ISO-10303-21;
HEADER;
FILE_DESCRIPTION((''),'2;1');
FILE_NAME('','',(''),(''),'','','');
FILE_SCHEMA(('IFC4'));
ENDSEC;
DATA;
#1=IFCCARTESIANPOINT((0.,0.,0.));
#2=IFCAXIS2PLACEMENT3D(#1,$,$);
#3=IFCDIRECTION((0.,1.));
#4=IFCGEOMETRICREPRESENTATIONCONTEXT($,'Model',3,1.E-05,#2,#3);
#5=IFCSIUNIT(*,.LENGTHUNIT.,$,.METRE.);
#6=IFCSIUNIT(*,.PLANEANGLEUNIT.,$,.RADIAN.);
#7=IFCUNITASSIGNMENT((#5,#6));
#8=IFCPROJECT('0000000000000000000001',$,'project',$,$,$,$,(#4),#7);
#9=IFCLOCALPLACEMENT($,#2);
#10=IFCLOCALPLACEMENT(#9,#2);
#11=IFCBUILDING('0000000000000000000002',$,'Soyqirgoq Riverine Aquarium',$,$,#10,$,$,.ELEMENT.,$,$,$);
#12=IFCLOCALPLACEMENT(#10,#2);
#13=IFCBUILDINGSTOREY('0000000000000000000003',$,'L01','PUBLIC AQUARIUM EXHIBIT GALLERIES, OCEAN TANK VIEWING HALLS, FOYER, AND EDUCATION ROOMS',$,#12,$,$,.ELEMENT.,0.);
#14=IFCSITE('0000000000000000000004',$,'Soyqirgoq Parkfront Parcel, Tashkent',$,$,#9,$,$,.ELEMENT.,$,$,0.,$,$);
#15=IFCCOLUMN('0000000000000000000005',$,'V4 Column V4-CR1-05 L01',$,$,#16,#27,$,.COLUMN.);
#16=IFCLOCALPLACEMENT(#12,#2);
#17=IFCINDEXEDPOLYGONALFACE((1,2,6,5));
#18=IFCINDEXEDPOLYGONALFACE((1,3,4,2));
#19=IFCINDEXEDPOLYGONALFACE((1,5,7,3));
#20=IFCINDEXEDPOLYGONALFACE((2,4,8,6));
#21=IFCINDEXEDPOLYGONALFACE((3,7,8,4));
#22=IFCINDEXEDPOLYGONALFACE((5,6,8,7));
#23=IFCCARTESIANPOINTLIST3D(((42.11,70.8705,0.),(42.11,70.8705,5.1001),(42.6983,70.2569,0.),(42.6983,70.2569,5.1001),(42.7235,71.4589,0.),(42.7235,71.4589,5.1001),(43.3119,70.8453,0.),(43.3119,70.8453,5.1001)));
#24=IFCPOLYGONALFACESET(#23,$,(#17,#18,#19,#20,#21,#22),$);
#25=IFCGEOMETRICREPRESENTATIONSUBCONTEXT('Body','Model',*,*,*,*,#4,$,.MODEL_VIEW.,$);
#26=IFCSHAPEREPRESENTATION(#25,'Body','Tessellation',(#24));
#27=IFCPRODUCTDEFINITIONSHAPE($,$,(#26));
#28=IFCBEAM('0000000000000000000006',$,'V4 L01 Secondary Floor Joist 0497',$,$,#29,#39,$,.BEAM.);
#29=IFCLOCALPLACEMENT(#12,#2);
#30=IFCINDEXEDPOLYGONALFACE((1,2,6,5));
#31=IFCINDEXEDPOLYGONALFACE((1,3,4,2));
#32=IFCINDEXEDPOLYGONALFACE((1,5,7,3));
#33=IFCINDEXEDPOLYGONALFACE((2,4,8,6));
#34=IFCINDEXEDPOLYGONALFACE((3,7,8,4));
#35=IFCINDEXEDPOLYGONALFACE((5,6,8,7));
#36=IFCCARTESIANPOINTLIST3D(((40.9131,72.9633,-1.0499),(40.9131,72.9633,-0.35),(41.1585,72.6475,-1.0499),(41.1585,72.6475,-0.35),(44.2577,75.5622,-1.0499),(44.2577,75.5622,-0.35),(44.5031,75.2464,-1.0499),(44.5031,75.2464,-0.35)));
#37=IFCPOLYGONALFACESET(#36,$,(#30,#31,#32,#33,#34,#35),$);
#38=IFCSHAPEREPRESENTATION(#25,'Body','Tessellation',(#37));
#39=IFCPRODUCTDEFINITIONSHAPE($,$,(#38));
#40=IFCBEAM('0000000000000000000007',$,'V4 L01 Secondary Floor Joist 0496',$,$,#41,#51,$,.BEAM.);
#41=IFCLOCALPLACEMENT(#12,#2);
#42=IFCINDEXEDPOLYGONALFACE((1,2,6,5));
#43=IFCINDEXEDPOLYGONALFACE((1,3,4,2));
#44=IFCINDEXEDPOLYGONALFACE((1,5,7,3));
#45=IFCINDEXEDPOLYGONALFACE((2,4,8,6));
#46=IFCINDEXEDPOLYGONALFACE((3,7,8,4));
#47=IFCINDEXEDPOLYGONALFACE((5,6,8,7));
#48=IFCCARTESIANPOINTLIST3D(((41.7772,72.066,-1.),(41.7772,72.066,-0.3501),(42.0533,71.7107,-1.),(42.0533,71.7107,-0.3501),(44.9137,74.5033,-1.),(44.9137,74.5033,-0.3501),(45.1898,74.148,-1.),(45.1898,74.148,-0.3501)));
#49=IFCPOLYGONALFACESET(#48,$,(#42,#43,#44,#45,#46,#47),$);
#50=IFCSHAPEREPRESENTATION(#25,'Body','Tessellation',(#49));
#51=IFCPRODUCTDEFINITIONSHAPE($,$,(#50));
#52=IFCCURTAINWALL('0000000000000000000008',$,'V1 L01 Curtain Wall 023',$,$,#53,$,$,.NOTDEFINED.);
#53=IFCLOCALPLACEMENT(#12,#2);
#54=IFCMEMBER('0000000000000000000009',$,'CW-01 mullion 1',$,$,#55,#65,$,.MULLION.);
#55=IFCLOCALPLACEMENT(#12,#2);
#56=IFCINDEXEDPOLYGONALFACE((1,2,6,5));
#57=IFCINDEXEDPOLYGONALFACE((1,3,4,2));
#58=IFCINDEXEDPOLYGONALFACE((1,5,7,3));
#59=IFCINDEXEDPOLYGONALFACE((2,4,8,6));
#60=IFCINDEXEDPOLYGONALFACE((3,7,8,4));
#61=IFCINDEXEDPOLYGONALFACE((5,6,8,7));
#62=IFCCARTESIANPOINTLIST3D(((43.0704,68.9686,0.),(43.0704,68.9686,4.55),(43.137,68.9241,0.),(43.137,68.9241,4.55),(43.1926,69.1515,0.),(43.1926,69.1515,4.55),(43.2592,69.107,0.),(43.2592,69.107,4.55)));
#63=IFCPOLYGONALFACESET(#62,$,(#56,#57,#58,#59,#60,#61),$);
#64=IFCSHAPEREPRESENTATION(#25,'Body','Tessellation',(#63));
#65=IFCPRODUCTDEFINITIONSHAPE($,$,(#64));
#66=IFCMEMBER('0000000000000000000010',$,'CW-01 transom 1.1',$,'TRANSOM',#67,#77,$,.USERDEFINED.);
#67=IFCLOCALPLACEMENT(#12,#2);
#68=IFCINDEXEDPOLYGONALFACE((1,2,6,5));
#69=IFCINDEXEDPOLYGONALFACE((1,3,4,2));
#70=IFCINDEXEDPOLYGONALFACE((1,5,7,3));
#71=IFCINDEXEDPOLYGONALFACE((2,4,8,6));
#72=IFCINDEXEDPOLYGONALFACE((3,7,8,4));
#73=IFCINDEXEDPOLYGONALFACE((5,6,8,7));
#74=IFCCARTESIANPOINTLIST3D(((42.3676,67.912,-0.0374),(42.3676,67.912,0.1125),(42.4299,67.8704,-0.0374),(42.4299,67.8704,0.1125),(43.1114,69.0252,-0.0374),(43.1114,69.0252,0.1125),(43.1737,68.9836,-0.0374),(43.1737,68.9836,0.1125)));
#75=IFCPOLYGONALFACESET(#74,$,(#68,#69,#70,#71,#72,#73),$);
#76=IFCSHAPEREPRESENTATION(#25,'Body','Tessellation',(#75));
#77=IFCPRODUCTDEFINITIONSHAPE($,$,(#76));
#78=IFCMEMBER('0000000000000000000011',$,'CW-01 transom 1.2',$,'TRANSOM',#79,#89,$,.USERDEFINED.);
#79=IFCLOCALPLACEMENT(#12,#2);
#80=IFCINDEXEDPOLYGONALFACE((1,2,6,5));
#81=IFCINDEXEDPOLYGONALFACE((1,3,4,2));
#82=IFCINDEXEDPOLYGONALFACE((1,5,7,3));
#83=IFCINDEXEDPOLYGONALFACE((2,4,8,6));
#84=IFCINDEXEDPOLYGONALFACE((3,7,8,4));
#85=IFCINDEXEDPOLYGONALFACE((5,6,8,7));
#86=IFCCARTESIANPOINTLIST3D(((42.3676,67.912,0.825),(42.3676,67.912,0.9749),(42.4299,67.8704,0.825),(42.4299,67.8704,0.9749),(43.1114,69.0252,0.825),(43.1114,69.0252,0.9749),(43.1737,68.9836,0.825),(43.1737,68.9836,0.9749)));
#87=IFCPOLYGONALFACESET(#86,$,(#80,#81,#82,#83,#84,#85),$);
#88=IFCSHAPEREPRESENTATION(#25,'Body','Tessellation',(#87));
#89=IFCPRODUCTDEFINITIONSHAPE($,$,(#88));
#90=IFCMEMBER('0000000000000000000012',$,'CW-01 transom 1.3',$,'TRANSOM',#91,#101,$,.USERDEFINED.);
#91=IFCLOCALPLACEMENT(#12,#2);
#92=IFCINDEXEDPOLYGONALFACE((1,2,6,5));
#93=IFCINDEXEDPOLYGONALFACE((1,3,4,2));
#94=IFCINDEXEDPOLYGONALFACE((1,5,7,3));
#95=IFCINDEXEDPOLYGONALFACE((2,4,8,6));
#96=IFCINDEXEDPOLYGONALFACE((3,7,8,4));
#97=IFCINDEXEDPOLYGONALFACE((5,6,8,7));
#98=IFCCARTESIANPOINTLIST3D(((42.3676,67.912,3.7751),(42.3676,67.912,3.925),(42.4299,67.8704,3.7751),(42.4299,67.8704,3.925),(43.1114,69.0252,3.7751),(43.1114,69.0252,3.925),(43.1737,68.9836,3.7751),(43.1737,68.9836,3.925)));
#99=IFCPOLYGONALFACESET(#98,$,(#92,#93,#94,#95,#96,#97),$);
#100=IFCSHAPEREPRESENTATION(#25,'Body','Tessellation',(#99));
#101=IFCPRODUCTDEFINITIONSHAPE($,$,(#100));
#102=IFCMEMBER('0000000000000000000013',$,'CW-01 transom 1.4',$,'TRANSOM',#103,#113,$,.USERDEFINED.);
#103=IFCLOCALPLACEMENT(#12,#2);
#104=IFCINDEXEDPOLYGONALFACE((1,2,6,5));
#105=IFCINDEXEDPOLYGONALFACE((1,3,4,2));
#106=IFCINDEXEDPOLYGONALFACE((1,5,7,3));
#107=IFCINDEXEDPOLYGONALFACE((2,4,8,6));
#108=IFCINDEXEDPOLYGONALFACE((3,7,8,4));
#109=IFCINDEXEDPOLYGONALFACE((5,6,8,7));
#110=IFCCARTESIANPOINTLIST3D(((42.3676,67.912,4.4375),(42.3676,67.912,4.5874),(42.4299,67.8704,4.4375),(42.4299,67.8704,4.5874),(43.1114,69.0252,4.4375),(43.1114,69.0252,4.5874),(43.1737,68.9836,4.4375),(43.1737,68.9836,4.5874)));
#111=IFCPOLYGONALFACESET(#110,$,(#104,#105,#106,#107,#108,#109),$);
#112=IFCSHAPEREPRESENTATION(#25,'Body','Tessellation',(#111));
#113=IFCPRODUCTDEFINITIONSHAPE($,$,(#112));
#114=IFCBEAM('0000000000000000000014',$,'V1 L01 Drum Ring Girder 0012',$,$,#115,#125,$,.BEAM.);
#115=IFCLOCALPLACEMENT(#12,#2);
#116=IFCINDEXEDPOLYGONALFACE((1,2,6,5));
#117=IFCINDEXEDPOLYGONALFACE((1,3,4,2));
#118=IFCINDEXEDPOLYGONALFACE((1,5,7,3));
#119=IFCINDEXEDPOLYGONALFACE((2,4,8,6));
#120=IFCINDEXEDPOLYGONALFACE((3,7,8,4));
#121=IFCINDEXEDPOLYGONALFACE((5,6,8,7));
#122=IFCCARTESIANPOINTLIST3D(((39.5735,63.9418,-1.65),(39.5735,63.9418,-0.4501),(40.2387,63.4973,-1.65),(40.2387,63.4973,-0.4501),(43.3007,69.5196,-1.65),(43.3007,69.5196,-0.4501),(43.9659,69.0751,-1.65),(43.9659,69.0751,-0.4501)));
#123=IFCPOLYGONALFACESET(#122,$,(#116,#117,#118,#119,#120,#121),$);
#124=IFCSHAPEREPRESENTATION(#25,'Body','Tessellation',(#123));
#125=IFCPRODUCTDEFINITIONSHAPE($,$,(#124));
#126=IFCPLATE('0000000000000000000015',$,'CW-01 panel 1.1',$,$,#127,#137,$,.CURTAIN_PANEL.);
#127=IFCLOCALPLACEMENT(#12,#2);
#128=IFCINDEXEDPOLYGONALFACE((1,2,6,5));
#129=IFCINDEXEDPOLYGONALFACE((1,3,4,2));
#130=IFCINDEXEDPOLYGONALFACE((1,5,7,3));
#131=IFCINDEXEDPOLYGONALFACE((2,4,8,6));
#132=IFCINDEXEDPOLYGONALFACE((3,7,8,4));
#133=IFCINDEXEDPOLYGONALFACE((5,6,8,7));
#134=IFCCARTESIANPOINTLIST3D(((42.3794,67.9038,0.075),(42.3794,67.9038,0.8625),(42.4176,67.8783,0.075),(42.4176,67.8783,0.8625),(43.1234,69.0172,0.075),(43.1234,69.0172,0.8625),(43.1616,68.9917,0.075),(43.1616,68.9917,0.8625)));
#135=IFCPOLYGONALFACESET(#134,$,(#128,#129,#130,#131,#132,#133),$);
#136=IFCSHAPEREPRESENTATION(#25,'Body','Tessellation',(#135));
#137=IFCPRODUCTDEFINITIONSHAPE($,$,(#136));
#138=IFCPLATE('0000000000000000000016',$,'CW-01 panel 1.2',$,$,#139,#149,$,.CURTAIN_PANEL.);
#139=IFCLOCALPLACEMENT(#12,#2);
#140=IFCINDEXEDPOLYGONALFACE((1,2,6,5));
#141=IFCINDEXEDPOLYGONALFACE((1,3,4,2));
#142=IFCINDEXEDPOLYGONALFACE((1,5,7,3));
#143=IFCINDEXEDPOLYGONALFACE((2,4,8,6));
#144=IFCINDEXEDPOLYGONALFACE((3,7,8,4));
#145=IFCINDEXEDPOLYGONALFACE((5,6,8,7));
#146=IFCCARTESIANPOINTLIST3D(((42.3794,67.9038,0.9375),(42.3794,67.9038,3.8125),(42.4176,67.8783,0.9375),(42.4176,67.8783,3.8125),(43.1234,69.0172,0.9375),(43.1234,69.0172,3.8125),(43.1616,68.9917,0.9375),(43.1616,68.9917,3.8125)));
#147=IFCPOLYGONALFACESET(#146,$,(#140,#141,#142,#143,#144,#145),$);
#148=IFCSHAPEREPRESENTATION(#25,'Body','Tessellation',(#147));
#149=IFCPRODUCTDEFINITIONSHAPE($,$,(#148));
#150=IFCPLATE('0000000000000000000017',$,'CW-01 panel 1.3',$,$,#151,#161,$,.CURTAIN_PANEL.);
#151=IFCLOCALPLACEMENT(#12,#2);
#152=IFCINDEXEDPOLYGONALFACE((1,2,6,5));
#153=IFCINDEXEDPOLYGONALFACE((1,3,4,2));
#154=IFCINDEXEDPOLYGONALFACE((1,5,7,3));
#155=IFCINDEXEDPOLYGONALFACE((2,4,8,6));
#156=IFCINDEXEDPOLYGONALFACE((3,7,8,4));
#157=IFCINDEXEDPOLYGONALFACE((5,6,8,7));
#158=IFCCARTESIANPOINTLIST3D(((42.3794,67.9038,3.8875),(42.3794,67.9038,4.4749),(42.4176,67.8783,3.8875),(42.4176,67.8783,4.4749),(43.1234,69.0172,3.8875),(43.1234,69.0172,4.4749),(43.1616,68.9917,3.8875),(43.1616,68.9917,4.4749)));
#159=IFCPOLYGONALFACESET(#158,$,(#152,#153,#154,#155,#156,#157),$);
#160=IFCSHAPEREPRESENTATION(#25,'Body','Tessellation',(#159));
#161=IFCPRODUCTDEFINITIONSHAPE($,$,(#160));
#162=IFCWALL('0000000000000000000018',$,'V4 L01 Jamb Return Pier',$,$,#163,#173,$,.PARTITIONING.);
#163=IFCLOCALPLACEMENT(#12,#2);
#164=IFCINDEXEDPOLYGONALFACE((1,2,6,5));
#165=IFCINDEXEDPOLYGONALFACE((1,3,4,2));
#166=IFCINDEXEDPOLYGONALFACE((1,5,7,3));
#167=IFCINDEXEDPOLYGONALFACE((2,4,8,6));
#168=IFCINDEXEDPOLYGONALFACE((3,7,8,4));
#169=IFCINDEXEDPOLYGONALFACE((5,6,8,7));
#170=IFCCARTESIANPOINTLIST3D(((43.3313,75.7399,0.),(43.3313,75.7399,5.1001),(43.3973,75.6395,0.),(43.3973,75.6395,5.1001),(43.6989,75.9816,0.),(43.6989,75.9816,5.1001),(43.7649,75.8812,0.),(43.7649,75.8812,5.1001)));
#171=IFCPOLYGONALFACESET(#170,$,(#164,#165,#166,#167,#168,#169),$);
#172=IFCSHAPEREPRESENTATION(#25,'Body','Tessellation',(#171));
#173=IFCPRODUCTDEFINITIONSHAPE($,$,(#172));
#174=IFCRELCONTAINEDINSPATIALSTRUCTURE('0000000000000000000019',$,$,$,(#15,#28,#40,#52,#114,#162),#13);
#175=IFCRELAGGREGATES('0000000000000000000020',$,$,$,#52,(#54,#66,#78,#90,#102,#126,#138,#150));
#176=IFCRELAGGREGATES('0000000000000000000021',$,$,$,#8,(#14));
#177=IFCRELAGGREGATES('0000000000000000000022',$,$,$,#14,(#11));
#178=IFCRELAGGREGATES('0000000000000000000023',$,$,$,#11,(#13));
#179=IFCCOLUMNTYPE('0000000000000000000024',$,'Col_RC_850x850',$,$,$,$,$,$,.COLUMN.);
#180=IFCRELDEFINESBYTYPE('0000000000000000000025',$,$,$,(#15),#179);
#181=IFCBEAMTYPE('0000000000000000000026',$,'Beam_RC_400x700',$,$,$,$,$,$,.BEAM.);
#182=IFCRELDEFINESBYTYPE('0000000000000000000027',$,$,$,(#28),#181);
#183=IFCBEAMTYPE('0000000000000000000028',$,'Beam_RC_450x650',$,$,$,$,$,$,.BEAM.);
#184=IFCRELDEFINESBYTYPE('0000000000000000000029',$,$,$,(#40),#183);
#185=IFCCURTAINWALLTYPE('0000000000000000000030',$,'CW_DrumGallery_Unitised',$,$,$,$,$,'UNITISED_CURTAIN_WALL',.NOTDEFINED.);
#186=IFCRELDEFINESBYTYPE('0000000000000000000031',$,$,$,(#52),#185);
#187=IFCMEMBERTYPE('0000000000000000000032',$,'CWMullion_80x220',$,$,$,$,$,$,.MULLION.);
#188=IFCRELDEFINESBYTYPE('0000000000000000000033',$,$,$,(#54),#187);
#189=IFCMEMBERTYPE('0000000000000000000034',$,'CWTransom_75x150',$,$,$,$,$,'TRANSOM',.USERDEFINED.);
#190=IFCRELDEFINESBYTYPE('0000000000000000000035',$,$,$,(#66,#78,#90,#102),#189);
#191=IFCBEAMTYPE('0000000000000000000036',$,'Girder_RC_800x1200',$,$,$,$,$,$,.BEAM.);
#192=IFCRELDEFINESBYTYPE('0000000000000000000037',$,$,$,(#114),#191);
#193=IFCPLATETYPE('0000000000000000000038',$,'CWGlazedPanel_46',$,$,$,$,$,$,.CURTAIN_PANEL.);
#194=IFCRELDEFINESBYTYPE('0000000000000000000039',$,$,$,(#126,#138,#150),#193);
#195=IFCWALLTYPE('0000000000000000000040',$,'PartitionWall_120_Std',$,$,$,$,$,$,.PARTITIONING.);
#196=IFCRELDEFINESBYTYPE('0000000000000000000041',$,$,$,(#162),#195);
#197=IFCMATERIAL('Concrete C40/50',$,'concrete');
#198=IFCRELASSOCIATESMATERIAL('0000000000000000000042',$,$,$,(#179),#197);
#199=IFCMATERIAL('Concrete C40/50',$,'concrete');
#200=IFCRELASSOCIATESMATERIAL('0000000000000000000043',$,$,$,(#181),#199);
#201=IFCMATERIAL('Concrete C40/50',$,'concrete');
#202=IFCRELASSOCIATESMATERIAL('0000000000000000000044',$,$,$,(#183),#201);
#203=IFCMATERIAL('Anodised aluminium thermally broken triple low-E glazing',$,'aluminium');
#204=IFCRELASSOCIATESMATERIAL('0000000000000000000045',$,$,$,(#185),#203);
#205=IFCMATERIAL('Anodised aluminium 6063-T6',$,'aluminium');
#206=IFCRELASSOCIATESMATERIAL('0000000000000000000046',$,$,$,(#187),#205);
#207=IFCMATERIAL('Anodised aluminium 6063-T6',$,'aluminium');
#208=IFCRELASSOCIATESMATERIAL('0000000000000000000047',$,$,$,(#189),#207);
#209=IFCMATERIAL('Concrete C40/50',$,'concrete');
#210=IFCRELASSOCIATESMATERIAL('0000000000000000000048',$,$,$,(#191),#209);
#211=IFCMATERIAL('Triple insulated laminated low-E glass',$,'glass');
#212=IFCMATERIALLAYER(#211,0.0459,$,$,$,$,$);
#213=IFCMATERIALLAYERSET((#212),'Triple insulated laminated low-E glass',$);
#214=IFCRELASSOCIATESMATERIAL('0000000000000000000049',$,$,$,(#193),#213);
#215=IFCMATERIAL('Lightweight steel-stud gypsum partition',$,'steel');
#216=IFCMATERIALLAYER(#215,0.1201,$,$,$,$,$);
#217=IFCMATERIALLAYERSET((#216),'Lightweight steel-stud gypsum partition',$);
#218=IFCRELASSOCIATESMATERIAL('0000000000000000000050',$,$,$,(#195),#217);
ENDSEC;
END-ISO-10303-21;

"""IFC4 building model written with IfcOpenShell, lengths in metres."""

from ifc_helpers import new_model, si_unit, direction, frame, frame_2d, origin, origin_2d, place, context, subcontext, project, spatial, rectangle, extrude, material, layer, layer_set, material_profile, profile_set, type_object, element, aggregate, save


model = new_model("IFC4")

# Units and contexts
model_context = context("Model", 3, precision=1e-05, world=origin(), true_north=direction((0.0, 1.0)))
body_context = subcontext(model_context, "Body", "Model", "MODEL_VIEW")
ifc_project = project(units=[si_unit("LENGTHUNIT", "METRE"), si_unit("PLANEANGLEUNIT", "RADIAN")], contexts=[model_context])

# Site, building, storey
site_placement = place(None, origin())
site = spatial("IfcSite", under=ifc_project, at=site_placement, Name="Soyqirgoq Parkfront Parcel, Tashkent", CompositionType="ELEMENT", RefElevation=0.0)
building_placement = place(site_placement, origin())
building = spatial("IfcBuilding", under=site, at=building_placement, Name="Soyqirgoq Riverine Aquarium", CompositionType="ELEMENT")
storey_placement = place(building_placement, origin())
storey = spatial("IfcBuildingStorey", under=building, at=storey_placement, Name="L01", Description="PUBLIC AQUARIUM EXHIBIT GALLERIES, OCEAN TANK VIEWING HALLS, FOYER, AND EDUCATION ROOMS", CompositionType="ELEMENT", Elevation=0.0)

# Column
ifc_material_1 = material(Name="Concrete C40/50", Category="concrete")
ifc_material_profile_1 = material_profile(ifc_material_1, rectangle(XDim=0.8501, YDim=0.8501, at=origin_2d()), Name="RC 850x850")
ifc_profile_set_1 = profile_set([ifc_material_profile_1], Name="Concrete C40/50")
column_type_1 = type_object("IfcColumnType", Name="Col_RC_850x850", PredefinedType="COLUMN", material=ifc_profile_set_1)
column_1_placement = place(storey_placement, frame((42.7109, 70.8579, 0.0), z_axis=(0.0, 0.0, 1.0), x_axis=(-0.692143, 0.72176, 0.0)))
element("IfcColumn", 1, at=column_1_placement, inside=storey, type_object=column_type_1, Name="V4 Column V4-CR1-05 L01", PredefinedType="COLUMN", context=body_context, shape_type="SweptSolid", body=[
    extrude(rectangle(XDim=0.8501, YDim=0.8501, at=origin_2d()), origin(), (0.0, 0.0, 1.0), 5.1001),
])

# Beams
ifc_material_2 = material(Name="Concrete C40/50", Category="concrete")
ifc_material_profile_2 = material_profile(ifc_material_2, rectangle(XDim=0.3999, YDim=0.7, at=origin_2d()), Name="RC 400x700")
ifc_profile_set_2 = profile_set([ifc_material_profile_2], Name="Concrete C40/50")
beam_type_1 = type_object("IfcBeamType", Name="Beam_RC_400x700", PredefinedType="BEAM", material=ifc_profile_set_2)
beam_1_placement = place(storey_placement, frame((44.3804, 75.4043, -0.7), z_axis=(-0.789625, -0.613589, 0.0), x_axis=(0.613589, -0.789625, 0.0)))
element("IfcBeam", 2, at=beam_1_placement, inside=storey, type_object=beam_type_1, Name="V4 L01 Secondary Floor Joist 0497", PredefinedType="BEAM", context=body_context, shape_type="SweptSolid", body=[
    extrude(rectangle(XDim=0.3999, YDim=0.7, at=origin_2d()), origin(), (0.0, 0.0, 1.0), 4.2356),
])
ifc_material_3 = material(Name="Concrete C40/50", Category="concrete")
ifc_material_profile_3 = material_profile(ifc_material_3, rectangle(XDim=0.45, YDim=0.6499, at=origin_2d()), Name="RC 450x650")
ifc_profile_set_3 = profile_set([ifc_material_profile_3], Name="Concrete C40/50")
beam_type_2 = type_object("IfcBeamType", Name="Beam_RC_450x650", PredefinedType="BEAM", material=ifc_profile_set_3)
beam_2_placement = place(storey_placement, frame((45.0518, 74.3257, -0.675), z_axis=(-0.789624, -0.613592, 0.0), x_axis=(0.613592, -0.789624, 0.0)))
element("IfcBeam", 3, at=beam_2_placement, inside=storey, type_object=beam_type_2, Name="V4 L01 Secondary Floor Joist 0496", PredefinedType="BEAM", context=body_context, shape_type="SweptSolid", body=[
    extrude(rectangle(XDim=0.45, YDim=0.6499, at=origin_2d()), origin(), (0.0, 0.0, 1.0), 3.9722),
])

# Curtain wall, members
ifc_material_4 = material(Name="Anodised aluminium thermally broken triple low-E glazing", Category="aluminium")
curtain_wall_type = type_object("IfcCurtainWallType", Name="CW_DrumGallery_Unitised", ElementType="UNITISED_CURTAIN_WALL", PredefinedType="NOTDEFINED", material=ifc_material_4)
curtain_wall_placement = place(storey_placement, origin())
curtain_wall = element("IfcCurtainWall", 4, at=curtain_wall_placement, inside=storey, type_object=curtain_wall_type, Name="V1 L01 Curtain Wall 023", PredefinedType="NOTDEFINED")
ifc_material_5 = material(Name="Anodised aluminium 6063-T6", Category="aluminium")
ifc_material_profile_4 = material_profile(ifc_material_5, rectangle(XDim=0.0801, YDim=0.22, at=origin_2d()), Name="ALU-M 80x220")
ifc_profile_set_4 = profile_set([ifc_material_profile_4], Name="Anodised aluminium 6063-T6")
member_type_1 = type_object("IfcMemberType", Name="CWMullion_80x220", PredefinedType="MULLION", material=ifc_profile_set_4)
member_1_placement = place(storey_placement, frame((43.1648, 69.0378, 0.0), z_axis=(0.0, 0.0, 1.0), x_axis=(0.831467, -0.555574, 0.0)))
member_1 = element("IfcMember", 5, at=member_1_placement, type_object=member_type_1, Name="CW-01 mullion 1", PredefinedType="MULLION", context=body_context, shape_type="SweptSolid", body=[
    extrude(rectangle(XDim=0.0801, YDim=0.22, at=origin_2d()), origin(), (0.0, 0.0, 1.0), 4.55),
])
ifc_material_6 = material(Name="Anodised aluminium 6063-T6", Category="aluminium")
ifc_material_profile_5 = material_profile(ifc_material_6, rectangle(XDim=0.075, YDim=0.1499, at=origin_2d()), Name="ALU-T 75x150")
ifc_profile_set_5 = profile_set([ifc_material_profile_5], Name="Anodised aluminium 6063-T6")
member_type_2 = type_object("IfcMemberType", Name="CWTransom_75x150", ElementType="TRANSOM", PredefinedType="USERDEFINED", material=ifc_profile_set_5)
member_2_placement = place(storey_placement, frame((43.1426, 69.0044, 0.0376), z_axis=(-0.555584, -0.831461, 0.0), x_axis=(0.831461, -0.555584, 0.0)))
member_2 = element("IfcMember", 6, at=member_2_placement, type_object=member_type_2, Name="CW-01 transom 1.1", ObjectType="TRANSOM", PredefinedType="USERDEFINED", context=body_context, shape_type="SweptSolid", body=[
    extrude(rectangle(XDim=0.075, YDim=0.1499, at=origin_2d()), origin(), (0.0, 0.0, 1.0), 1.3389),
])
member_3_placement = place(storey_placement, frame((43.1426, 69.0044, 0.8999), z_axis=(-0.555584, -0.831461, 0.0), x_axis=(0.831461, -0.555584, 0.0)))
member_3 = element("IfcMember", 7, at=member_3_placement, type_object=member_type_2, Name="CW-01 transom 1.2", ObjectType="TRANSOM", PredefinedType="USERDEFINED", context=body_context, shape_type="SweptSolid", body=[
    extrude(rectangle(XDim=0.075, YDim=0.1499, at=origin_2d()), origin(), (0.0, 0.0, 1.0), 1.3389),
])
member_4_placement = place(storey_placement, frame((43.1426, 69.0044, 3.8501), z_axis=(-0.555584, -0.831461, 0.0), x_axis=(0.831461, -0.555584, 0.0)))
member_4 = element("IfcMember", 8, at=member_4_placement, type_object=member_type_2, Name="CW-01 transom 1.3", ObjectType="TRANSOM", PredefinedType="USERDEFINED", context=body_context, shape_type="SweptSolid", body=[
    extrude(rectangle(XDim=0.075, YDim=0.1499, at=origin_2d()), origin(), (0.0, 0.0, 1.0), 1.3389),
])
member_5_placement = place(storey_placement, frame((43.1426, 69.0044, 4.5125), z_axis=(-0.555584, -0.831461, 0.0), x_axis=(0.831461, -0.555584, 0.0)))
member_5 = element("IfcMember", 9, at=member_5_placement, type_object=member_type_2, Name="CW-01 transom 1.4", ObjectType="TRANSOM", PredefinedType="USERDEFINED", context=body_context, shape_type="SweptSolid", body=[
    extrude(rectangle(XDim=0.075, YDim=0.1499, at=origin_2d()), origin(), (0.0, 0.0, 1.0), 1.3389),
])

# Beam
ifc_material_7 = material(Name="Concrete C40/50", Category="concrete")
ifc_material_profile_6 = material_profile(ifc_material_7, rectangle(XDim=0.8, YDim=1.2, at=origin_2d()), Name="RC 800x1200")
ifc_profile_set_6 = profile_set([ifc_material_profile_6], Name="Concrete C40/50")
beam_type_3 = type_object("IfcBeamType", Name="Girder_RC_800x1200", PredefinedType="BEAM", material=ifc_profile_set_6)
beam_3_placement = place(storey_placement, frame((43.6333, 69.2974, -1.05), z_axis=(-0.555598, -0.831451, 0.0), x_axis=(0.831451, -0.555598, 0.0)))
element("IfcBeam", 10, at=beam_3_placement, inside=storey, type_object=beam_type_3, Name="V1 L01 Drum Ring Girder 0012", PredefinedType="BEAM", context=body_context, shape_type="SweptSolid", body=[
    extrude(rectangle(XDim=0.8, YDim=1.2, at=origin_2d()), origin(), (0.0, 0.0, 1.0), 6.7085),
])

# Plates
ifc_material_8 = material(Name="Triple insulated laminated low-E glass", Category="glass")
ifc_layer_1 = layer(ifc_material_8, 0.0459)
ifc_layer_set_1 = layer_set([ifc_layer_1], Name="Triple insulated laminated low-E glass")
plate_type = type_object("IfcPlateType", Name="CWGlazedPanel_46", PredefinedType="CURTAIN_PANEL", material=ifc_layer_set_1)
plate_1_placement = place(storey_placement, frame((42.7705, 68.4478, 0.075), z_axis=(0.0, 0.0, 1.0), x_axis=(-0.555574, -0.831467, 0.0)))
plate_1 = element("IfcPlate", 11, at=plate_1_placement, type_object=plate_type, Name="CW-01 panel 1.1", PredefinedType="CURTAIN_PANEL", context=body_context, shape_type="SweptSolid", body=[
    extrude(rectangle(XDim=1.3391, YDim=0.0459, at=origin_2d()), origin(), (0.0, 0.0, 1.0), 0.7876),
])
plate_2_placement = place(storey_placement, frame((42.7705, 68.4478, 0.9375), z_axis=(0.0, 0.0, 1.0), x_axis=(-0.555574, -0.831467, 0.0)))
plate_2 = element("IfcPlate", 12, at=plate_2_placement, type_object=plate_type, Name="CW-01 panel 1.2", PredefinedType="CURTAIN_PANEL", context=body_context, shape_type="SweptSolid", body=[
    extrude(rectangle(XDim=1.3391, YDim=0.0459, at=origin_2d()), origin(), (0.0, 0.0, 1.0), 2.875),
])
plate_3_placement = place(storey_placement, frame((42.7705, 68.4478, 3.8875), z_axis=(0.0, 0.0, 1.0), x_axis=(-0.555574, -0.831467, 0.0)))
plate_3 = element("IfcPlate", 13, at=plate_3_placement, type_object=plate_type, Name="CW-01 panel 1.3", PredefinedType="CURTAIN_PANEL", context=body_context, shape_type="SweptSolid", body=[
    extrude(rectangle(XDim=1.3391, YDim=0.0459, at=origin_2d()), origin(), (0.0, 0.0, 1.0), 0.5874),
])
aggregate(curtain_wall, [member_1, member_2, member_3, member_4, member_5, plate_1, plate_2, plate_3])

# Wall
ifc_material_9 = material(Name="Lightweight steel-stud gypsum partition", Category="steel")
ifc_layer_2 = layer(ifc_material_9, 0.1201)
ifc_layer_set_2 = layer_set([ifc_layer_2], Name="Lightweight steel-stud gypsum partition")
wall_type_1 = type_object("IfcWallType", Name="PartitionWall_120_Std", PredefinedType="PARTITIONING", material=ifc_layer_set_2)
wall_1_placement = place(storey_placement, frame((43.7319, 75.9314, 0.0), z_axis=(0.0, 0.0, 1.0), x_axis=(-0.835618, -0.549311, 0.0)))
element("IfcWall", 14, at=wall_1_placement, inside=storey, type_object=wall_type_1, Name="V4 L01 Jamb Return Pier", PredefinedType="PARTITIONING", context=body_context, shape_type="SweptSolid", body=[
    extrude(rectangle(XDim=0.4399, YDim=0.1201, at=frame_2d((0.22, 0.0))), origin(), (0.0, 0.0, 1.0), 5.1001),
])

save(model, "model.ifc")
